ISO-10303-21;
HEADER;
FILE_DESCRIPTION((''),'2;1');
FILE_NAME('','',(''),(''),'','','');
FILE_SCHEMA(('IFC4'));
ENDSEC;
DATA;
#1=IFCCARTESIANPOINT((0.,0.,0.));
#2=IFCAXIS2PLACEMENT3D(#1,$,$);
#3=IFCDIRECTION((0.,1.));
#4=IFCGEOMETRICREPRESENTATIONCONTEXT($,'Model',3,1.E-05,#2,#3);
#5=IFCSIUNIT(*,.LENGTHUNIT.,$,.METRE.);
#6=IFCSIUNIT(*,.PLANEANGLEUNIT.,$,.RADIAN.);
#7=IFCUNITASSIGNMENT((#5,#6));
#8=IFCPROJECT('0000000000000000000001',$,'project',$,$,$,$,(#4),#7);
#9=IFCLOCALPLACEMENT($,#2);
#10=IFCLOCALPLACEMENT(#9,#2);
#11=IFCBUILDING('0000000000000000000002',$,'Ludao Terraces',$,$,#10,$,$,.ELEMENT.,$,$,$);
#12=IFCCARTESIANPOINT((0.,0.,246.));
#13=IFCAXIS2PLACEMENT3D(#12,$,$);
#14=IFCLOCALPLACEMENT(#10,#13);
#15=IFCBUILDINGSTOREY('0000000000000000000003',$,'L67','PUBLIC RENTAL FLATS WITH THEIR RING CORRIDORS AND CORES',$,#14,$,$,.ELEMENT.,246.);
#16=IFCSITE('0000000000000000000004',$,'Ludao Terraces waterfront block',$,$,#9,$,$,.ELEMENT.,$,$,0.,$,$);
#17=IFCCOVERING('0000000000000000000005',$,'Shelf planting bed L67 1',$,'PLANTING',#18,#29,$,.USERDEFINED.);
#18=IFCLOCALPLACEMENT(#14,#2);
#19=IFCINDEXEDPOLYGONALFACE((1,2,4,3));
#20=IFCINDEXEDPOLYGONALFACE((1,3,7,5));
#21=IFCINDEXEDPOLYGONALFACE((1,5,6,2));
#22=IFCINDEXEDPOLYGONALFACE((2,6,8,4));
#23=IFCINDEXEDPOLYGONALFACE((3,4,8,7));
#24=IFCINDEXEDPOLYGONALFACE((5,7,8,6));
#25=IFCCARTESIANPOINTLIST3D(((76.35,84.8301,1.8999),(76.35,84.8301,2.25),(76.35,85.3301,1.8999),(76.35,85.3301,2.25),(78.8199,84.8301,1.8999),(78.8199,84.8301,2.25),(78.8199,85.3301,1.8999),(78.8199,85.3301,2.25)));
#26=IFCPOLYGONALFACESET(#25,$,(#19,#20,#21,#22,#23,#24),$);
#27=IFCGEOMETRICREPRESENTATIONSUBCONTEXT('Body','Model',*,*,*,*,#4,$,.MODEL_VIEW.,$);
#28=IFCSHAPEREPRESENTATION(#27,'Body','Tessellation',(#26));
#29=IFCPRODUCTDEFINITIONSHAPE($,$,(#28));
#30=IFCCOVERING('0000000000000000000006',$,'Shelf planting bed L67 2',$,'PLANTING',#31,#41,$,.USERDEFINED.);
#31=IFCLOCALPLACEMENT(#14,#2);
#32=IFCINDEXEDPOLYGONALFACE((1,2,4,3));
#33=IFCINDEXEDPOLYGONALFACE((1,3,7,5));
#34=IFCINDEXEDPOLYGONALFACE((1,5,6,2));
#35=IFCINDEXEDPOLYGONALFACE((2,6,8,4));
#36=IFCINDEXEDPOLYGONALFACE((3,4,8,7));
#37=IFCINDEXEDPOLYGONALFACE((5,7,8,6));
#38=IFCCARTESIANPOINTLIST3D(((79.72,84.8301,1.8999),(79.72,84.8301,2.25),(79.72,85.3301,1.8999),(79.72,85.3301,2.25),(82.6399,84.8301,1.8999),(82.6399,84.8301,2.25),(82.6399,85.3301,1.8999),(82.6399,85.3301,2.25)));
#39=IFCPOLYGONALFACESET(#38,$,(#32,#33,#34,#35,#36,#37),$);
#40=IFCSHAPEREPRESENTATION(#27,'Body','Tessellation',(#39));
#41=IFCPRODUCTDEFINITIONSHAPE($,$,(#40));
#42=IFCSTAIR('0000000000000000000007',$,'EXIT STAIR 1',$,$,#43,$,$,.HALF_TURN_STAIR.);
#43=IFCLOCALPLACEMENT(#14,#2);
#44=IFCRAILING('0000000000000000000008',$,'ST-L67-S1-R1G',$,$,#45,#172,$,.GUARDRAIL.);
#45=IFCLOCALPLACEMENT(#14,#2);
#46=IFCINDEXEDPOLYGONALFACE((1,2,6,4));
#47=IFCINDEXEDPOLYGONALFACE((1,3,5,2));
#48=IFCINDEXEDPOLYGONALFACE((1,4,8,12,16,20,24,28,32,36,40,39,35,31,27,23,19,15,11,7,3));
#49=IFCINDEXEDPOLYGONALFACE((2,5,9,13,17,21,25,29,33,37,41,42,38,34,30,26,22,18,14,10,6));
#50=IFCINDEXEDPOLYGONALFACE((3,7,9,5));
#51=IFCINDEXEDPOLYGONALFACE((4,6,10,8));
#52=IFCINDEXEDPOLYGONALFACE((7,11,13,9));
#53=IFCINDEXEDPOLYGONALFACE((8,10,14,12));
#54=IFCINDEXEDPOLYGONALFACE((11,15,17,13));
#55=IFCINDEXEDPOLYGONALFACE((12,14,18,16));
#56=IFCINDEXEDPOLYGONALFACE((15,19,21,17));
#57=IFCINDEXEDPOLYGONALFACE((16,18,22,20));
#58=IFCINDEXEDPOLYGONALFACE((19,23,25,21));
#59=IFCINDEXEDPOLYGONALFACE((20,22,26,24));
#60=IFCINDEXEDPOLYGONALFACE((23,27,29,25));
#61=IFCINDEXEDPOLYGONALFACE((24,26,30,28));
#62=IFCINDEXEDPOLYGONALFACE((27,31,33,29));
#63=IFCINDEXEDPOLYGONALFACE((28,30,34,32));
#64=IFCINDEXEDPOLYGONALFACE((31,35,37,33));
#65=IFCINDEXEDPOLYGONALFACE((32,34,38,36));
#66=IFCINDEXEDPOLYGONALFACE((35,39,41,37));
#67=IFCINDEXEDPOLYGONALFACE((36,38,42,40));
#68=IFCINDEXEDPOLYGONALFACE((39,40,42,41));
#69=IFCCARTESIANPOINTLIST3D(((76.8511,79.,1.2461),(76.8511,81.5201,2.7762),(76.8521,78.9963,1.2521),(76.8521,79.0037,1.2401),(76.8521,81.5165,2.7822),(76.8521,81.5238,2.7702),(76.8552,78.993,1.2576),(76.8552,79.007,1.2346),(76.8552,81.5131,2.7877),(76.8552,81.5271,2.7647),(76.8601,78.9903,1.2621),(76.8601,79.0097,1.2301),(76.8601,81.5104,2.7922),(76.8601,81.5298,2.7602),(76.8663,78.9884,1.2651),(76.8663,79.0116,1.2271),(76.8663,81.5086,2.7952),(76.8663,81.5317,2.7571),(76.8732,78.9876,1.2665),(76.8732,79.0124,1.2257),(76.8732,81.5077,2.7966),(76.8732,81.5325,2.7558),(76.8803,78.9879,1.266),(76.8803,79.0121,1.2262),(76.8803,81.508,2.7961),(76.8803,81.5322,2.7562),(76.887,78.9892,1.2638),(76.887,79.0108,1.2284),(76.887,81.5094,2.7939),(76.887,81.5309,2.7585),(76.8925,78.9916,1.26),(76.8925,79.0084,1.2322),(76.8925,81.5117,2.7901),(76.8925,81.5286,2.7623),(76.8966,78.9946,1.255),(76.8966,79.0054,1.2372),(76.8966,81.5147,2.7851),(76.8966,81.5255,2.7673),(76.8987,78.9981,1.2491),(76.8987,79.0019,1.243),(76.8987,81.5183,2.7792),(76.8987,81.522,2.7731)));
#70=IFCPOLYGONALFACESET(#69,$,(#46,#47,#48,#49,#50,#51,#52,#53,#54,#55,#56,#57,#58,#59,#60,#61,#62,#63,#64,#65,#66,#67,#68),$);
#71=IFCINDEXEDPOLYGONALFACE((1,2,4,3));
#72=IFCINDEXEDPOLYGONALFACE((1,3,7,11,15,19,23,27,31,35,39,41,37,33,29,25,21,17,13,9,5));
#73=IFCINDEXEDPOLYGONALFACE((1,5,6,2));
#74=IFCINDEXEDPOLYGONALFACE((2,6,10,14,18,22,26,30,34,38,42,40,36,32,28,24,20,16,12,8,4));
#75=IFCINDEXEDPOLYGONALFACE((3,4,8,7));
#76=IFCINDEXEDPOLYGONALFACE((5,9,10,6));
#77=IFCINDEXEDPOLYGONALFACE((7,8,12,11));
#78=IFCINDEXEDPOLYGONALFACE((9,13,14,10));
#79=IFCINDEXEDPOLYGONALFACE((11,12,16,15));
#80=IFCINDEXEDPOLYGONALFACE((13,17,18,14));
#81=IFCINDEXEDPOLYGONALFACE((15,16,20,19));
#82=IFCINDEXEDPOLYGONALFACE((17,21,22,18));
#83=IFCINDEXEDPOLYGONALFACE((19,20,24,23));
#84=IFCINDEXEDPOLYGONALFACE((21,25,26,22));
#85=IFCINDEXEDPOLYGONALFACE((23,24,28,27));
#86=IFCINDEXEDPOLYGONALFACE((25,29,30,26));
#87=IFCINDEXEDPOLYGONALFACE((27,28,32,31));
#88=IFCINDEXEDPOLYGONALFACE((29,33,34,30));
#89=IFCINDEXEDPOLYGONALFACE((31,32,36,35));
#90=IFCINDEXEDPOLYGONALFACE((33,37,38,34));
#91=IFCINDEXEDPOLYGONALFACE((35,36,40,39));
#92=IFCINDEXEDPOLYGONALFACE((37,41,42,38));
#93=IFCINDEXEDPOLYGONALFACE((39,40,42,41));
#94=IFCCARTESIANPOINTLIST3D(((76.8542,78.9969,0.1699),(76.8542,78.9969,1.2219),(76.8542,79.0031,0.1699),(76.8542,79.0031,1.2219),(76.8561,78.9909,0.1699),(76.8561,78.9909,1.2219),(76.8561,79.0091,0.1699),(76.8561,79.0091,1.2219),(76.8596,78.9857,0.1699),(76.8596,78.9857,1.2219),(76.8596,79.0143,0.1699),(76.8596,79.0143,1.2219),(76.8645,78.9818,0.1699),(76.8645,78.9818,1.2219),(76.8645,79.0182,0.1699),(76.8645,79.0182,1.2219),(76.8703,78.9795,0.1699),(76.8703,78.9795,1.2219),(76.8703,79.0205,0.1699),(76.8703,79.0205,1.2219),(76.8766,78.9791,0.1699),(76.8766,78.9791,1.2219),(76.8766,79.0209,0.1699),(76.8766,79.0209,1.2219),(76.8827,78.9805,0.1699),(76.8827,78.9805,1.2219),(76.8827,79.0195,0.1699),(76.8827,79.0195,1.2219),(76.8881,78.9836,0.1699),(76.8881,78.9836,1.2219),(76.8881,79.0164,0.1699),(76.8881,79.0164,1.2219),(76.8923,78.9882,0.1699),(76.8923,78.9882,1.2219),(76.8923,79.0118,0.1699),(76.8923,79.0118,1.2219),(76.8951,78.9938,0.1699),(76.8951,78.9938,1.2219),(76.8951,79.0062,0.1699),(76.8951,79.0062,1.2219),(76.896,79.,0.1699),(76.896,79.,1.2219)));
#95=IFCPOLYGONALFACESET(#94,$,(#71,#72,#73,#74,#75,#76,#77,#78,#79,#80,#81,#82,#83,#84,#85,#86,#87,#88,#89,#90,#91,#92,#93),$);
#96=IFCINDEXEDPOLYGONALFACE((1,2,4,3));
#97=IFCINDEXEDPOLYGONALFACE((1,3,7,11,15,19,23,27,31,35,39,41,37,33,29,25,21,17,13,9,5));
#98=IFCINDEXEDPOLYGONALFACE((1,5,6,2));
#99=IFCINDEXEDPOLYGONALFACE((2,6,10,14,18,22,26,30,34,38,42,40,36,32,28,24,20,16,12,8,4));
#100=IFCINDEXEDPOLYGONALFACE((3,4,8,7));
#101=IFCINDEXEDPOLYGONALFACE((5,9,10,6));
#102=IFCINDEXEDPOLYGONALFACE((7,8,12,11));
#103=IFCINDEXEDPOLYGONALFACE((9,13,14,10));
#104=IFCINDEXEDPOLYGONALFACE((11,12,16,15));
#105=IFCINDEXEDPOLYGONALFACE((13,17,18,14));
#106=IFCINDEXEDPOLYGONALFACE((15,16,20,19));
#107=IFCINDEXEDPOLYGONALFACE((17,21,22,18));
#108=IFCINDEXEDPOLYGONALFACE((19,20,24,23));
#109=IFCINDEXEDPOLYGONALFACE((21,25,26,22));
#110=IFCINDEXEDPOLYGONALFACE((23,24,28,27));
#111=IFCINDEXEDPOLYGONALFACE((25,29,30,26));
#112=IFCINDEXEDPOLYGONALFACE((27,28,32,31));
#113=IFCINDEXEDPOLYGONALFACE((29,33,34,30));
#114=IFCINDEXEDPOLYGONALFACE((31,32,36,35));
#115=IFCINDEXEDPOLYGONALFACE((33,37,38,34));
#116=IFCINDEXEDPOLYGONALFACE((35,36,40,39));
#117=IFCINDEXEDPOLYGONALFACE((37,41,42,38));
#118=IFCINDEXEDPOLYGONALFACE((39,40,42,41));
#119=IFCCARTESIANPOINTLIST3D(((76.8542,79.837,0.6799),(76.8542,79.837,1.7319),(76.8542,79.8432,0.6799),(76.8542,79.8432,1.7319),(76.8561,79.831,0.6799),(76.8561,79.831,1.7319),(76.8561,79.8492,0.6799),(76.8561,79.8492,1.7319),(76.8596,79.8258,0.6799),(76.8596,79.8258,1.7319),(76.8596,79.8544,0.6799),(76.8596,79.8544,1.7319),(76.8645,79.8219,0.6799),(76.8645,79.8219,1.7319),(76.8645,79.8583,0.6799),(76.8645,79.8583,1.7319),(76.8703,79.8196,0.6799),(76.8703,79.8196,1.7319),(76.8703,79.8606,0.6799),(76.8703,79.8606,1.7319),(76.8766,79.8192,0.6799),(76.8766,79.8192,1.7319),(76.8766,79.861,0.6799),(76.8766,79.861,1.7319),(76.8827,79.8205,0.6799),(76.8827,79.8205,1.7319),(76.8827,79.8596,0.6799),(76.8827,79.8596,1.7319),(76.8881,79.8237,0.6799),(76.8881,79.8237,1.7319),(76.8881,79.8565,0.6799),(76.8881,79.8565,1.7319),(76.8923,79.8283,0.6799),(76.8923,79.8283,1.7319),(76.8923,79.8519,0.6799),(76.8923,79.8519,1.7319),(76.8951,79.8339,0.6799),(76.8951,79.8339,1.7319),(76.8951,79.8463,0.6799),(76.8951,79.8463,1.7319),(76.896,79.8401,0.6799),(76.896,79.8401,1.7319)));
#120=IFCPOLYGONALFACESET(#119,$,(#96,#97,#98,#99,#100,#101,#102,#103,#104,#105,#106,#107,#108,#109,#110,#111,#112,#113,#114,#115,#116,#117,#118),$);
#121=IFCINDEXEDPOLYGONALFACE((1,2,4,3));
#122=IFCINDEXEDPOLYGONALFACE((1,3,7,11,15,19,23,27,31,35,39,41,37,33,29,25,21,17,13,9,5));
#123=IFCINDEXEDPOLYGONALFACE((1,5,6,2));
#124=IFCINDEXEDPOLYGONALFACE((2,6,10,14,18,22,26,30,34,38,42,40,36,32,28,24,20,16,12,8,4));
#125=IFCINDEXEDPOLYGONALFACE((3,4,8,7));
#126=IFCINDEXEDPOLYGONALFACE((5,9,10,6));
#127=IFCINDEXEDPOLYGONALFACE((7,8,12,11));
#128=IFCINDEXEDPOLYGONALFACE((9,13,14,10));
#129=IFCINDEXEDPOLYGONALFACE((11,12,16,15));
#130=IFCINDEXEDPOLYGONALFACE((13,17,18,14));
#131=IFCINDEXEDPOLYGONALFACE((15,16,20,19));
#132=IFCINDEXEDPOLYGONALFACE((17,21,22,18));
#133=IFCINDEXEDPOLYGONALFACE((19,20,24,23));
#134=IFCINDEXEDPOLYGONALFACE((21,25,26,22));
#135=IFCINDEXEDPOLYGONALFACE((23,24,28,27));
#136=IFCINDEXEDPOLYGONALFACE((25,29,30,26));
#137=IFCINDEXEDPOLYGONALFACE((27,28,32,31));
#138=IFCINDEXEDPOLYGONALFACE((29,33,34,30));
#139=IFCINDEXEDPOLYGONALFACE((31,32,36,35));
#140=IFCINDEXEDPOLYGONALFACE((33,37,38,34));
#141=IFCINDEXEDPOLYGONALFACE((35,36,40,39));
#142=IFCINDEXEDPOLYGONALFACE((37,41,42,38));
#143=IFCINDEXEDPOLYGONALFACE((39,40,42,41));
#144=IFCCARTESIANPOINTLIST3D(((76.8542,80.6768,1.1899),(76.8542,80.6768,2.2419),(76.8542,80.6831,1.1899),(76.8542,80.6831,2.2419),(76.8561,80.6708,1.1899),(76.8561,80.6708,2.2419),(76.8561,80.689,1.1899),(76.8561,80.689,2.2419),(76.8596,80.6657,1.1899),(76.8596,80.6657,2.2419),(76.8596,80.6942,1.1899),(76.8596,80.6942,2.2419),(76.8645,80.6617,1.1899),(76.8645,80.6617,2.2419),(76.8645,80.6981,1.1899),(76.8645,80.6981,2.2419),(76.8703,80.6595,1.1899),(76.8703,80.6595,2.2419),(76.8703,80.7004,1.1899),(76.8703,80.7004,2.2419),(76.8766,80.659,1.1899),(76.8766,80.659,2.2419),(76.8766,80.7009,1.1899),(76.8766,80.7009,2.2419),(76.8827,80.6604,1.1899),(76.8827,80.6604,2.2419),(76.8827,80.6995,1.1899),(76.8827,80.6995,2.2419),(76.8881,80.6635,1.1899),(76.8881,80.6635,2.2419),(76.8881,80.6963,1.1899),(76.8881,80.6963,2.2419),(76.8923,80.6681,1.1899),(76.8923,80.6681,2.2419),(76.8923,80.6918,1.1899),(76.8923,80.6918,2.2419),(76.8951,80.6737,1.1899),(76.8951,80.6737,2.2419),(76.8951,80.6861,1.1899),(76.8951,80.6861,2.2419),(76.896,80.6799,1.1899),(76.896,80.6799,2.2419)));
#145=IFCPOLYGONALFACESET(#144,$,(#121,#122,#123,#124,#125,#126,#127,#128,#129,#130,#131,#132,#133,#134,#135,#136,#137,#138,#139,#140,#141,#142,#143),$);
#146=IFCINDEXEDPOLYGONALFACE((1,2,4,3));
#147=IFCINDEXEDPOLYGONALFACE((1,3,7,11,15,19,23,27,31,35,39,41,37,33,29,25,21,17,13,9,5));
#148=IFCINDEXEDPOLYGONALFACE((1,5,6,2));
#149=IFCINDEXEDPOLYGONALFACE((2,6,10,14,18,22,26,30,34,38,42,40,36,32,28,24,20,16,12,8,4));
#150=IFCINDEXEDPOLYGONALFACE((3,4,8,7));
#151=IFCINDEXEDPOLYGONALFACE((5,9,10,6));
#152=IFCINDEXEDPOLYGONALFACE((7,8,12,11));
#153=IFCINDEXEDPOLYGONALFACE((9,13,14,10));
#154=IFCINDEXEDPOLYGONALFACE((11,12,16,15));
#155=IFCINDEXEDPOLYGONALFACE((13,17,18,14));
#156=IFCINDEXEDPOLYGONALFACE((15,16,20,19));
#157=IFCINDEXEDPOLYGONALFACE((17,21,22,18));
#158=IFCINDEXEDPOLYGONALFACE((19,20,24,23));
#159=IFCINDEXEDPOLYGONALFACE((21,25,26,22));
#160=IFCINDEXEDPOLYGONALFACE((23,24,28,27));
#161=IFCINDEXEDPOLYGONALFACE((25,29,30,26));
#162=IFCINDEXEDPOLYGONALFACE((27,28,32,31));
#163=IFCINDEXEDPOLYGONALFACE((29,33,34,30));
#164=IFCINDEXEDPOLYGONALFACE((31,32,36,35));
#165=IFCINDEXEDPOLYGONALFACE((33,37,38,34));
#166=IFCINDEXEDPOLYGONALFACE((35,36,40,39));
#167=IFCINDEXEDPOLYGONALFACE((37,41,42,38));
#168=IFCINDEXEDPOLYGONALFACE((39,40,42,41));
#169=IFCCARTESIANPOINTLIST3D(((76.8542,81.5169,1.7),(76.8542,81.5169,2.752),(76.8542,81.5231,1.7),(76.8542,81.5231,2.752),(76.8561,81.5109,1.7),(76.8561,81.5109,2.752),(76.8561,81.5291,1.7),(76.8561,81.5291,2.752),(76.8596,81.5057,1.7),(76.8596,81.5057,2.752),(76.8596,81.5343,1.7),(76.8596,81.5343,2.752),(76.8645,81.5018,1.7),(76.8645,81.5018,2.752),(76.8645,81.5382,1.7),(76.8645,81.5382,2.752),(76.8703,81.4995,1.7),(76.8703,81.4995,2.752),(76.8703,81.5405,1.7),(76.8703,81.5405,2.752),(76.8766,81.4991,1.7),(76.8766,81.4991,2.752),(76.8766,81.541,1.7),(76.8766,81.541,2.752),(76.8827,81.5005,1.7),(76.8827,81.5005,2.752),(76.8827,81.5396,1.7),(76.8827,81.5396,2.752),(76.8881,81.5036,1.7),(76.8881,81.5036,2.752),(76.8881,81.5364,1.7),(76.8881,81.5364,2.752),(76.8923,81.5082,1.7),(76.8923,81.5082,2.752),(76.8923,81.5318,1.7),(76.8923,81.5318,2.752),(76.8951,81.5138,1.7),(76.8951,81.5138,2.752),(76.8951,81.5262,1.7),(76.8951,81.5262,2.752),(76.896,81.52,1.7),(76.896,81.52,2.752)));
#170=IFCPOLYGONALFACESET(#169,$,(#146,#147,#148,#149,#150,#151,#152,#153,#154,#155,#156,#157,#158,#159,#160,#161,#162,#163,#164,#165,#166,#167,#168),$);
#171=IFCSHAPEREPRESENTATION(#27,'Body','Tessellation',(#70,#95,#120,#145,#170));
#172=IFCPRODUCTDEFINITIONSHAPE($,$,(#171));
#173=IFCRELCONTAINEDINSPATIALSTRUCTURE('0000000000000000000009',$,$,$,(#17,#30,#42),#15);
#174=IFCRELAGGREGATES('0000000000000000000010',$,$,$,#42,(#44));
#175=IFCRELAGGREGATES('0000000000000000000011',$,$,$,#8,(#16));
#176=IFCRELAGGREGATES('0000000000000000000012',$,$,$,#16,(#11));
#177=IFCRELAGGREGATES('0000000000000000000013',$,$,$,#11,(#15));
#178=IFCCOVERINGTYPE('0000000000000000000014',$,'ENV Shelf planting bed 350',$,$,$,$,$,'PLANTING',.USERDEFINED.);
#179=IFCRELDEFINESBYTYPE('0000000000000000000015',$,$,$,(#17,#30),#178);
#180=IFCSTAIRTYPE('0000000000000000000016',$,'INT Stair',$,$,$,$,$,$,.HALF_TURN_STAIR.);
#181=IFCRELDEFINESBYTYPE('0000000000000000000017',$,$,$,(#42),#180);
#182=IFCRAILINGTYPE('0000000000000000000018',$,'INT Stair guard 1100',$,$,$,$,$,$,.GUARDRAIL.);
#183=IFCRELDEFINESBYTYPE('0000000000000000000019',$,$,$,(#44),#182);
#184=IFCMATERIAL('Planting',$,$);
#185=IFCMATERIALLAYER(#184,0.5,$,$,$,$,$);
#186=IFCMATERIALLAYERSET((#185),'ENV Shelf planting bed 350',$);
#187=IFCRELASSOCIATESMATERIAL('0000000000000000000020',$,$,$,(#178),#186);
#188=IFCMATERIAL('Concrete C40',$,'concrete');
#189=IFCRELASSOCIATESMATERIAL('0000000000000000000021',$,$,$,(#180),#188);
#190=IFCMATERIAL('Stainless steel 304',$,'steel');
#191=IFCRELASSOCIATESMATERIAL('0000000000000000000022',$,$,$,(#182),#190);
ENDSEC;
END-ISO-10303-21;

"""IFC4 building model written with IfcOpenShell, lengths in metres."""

from ifc_helpers import new_model, si_unit, direction, frame, origin, origin_2d, place, context, subcontext, project, spatial, rectangle, circle, extrude, material, layer, layer_set, type_object, element, aggregate, save


model = new_model("IFC4")

# Units and contexts
model_context = context("Model", 3, precision=1e-05, world=origin(), true_north=direction((0.0, 1.0)))
body_context = subcontext(model_context, "Body", "Model", "MODEL_VIEW")
ifc_project = project(units=[si_unit("LENGTHUNIT", "METRE"), si_unit("PLANEANGLEUNIT", "RADIAN")], contexts=[model_context])

# Site, building, storey
site_placement = place(None, origin())
site = spatial("IfcSite", under=ifc_project, at=site_placement, Name="Ludao Terraces waterfront block", CompositionType="ELEMENT", RefElevation=0.0)
building_placement = place(site_placement, origin())
building = spatial("IfcBuilding", under=site, at=building_placement, Name="Ludao Terraces", CompositionType="ELEMENT")
storey_placement = place(building_placement, frame((0.0, 0.0, 246.0)))
storey = spatial("IfcBuildingStorey", under=building, at=storey_placement, Name="L67", Description="PUBLIC RENTAL FLATS WITH THEIR RING CORRIDORS AND CORES", CompositionType="ELEMENT", Elevation=246.0)

# Shared definitions
ifc_material_1 = material(Name="Stainless steel 304", Category="steel")

# Coverings
ifc_material_2 = material(Name="Planting")
ifc_layer_1 = layer(ifc_material_2, 0.5)
ifc_layer_set_1 = layer_set([ifc_layer_1], Name="ENV Shelf planting bed 350")
covering_type_1 = type_object("IfcCoveringType", Name="ENV Shelf planting bed 350", ElementType="PLANTING", PredefinedType="USERDEFINED", material=ifc_layer_set_1)
covering_1_placement = place(storey_placement, frame((77.585, 85.0801, 1.8999), z_axis=(0.0, 0.0, 1.0), x_axis=(1.0, 0.0, 0.0)))
element("IfcCovering", 1, at=covering_1_placement, inside=storey, type_object=covering_type_1, Name="Shelf planting bed L67 1", ObjectType="PLANTING", PredefinedType="USERDEFINED", context=body_context, shape_type="SweptSolid", body=[
    extrude(rectangle(XDim=2.47, YDim=0.5, at=origin_2d()), origin(), (0.0, 0.0, 1.0), 0.3501),
])
covering_2_placement = place(storey_placement, frame((81.1799, 85.0801, 1.8999), z_axis=(0.0, 0.0, 1.0), x_axis=(1.0, 0.0, 0.0)))
element("IfcCovering", 2, at=covering_2_placement, inside=storey, type_object=covering_type_1, Name="Shelf planting bed L67 2", ObjectType="PLANTING", PredefinedType="USERDEFINED", context=body_context, shape_type="SweptSolid", body=[
    extrude(rectangle(XDim=2.9199, YDim=0.5, at=origin_2d()), origin(), (0.0, 0.0, 1.0), 0.3501),
])

# Stair, railing
ifc_material_3 = material(Name="Concrete C40", Category="concrete")
stair_type = type_object("IfcStairType", Name="INT Stair", PredefinedType="HALF_TURN_STAIR", material=ifc_material_3)
stair_placement = place(storey_placement, origin())
stair = element("IfcStair", 3, at=stair_placement, inside=storey, type_object=stair_type, Name="EXIT STAIR 1", PredefinedType="HALF_TURN_STAIR")
railing_type_1 = type_object("IfcRailingType", Name="INT Stair guard 1100", PredefinedType="GUARDRAIL", material=ifc_material_1)
railing_1_placement = place(storey_placement, frame((76.875, 79.0, 0.1699)))
railing_1 = element("IfcRailing", 4, at=railing_1_placement, type_object=railing_type_1, Name="ST-L67-S1-R1G", PredefinedType="GUARDRAIL", context=body_context, shape_type="SweptSolid", body=[
    extrude(circle(Radius=0.0239, at=origin_2d()), frame((0.0, 0.0, 1.0762), z_axis=(0.0, 0.854785, 0.518982), x_axis=(-1.0, 0.0, 0.0)), (0.0, 0.0, 1.0), 2.9482),
    extrude(circle(Radius=0.021, at=origin_2d()), origin(), (0.0, 0.0, 1.0), 1.052),
    extrude(circle(Radius=0.021, at=origin_2d()), frame((0.0, 0.8401, 0.51)), (0.0, 0.0, 1.0), 1.052),
    extrude(circle(Radius=0.021, at=origin_2d()), frame((0.0, 1.6799, 1.02)), (0.0, 0.0, 1.0), 1.052),
    extrude(circle(Radius=0.021, at=origin_2d()), frame((0.0, 2.52, 1.53)), (0.0, 0.0, 1.0), 1.052),
])
aggregate(stair, [railing_1])

save(model, "model.ifc")
